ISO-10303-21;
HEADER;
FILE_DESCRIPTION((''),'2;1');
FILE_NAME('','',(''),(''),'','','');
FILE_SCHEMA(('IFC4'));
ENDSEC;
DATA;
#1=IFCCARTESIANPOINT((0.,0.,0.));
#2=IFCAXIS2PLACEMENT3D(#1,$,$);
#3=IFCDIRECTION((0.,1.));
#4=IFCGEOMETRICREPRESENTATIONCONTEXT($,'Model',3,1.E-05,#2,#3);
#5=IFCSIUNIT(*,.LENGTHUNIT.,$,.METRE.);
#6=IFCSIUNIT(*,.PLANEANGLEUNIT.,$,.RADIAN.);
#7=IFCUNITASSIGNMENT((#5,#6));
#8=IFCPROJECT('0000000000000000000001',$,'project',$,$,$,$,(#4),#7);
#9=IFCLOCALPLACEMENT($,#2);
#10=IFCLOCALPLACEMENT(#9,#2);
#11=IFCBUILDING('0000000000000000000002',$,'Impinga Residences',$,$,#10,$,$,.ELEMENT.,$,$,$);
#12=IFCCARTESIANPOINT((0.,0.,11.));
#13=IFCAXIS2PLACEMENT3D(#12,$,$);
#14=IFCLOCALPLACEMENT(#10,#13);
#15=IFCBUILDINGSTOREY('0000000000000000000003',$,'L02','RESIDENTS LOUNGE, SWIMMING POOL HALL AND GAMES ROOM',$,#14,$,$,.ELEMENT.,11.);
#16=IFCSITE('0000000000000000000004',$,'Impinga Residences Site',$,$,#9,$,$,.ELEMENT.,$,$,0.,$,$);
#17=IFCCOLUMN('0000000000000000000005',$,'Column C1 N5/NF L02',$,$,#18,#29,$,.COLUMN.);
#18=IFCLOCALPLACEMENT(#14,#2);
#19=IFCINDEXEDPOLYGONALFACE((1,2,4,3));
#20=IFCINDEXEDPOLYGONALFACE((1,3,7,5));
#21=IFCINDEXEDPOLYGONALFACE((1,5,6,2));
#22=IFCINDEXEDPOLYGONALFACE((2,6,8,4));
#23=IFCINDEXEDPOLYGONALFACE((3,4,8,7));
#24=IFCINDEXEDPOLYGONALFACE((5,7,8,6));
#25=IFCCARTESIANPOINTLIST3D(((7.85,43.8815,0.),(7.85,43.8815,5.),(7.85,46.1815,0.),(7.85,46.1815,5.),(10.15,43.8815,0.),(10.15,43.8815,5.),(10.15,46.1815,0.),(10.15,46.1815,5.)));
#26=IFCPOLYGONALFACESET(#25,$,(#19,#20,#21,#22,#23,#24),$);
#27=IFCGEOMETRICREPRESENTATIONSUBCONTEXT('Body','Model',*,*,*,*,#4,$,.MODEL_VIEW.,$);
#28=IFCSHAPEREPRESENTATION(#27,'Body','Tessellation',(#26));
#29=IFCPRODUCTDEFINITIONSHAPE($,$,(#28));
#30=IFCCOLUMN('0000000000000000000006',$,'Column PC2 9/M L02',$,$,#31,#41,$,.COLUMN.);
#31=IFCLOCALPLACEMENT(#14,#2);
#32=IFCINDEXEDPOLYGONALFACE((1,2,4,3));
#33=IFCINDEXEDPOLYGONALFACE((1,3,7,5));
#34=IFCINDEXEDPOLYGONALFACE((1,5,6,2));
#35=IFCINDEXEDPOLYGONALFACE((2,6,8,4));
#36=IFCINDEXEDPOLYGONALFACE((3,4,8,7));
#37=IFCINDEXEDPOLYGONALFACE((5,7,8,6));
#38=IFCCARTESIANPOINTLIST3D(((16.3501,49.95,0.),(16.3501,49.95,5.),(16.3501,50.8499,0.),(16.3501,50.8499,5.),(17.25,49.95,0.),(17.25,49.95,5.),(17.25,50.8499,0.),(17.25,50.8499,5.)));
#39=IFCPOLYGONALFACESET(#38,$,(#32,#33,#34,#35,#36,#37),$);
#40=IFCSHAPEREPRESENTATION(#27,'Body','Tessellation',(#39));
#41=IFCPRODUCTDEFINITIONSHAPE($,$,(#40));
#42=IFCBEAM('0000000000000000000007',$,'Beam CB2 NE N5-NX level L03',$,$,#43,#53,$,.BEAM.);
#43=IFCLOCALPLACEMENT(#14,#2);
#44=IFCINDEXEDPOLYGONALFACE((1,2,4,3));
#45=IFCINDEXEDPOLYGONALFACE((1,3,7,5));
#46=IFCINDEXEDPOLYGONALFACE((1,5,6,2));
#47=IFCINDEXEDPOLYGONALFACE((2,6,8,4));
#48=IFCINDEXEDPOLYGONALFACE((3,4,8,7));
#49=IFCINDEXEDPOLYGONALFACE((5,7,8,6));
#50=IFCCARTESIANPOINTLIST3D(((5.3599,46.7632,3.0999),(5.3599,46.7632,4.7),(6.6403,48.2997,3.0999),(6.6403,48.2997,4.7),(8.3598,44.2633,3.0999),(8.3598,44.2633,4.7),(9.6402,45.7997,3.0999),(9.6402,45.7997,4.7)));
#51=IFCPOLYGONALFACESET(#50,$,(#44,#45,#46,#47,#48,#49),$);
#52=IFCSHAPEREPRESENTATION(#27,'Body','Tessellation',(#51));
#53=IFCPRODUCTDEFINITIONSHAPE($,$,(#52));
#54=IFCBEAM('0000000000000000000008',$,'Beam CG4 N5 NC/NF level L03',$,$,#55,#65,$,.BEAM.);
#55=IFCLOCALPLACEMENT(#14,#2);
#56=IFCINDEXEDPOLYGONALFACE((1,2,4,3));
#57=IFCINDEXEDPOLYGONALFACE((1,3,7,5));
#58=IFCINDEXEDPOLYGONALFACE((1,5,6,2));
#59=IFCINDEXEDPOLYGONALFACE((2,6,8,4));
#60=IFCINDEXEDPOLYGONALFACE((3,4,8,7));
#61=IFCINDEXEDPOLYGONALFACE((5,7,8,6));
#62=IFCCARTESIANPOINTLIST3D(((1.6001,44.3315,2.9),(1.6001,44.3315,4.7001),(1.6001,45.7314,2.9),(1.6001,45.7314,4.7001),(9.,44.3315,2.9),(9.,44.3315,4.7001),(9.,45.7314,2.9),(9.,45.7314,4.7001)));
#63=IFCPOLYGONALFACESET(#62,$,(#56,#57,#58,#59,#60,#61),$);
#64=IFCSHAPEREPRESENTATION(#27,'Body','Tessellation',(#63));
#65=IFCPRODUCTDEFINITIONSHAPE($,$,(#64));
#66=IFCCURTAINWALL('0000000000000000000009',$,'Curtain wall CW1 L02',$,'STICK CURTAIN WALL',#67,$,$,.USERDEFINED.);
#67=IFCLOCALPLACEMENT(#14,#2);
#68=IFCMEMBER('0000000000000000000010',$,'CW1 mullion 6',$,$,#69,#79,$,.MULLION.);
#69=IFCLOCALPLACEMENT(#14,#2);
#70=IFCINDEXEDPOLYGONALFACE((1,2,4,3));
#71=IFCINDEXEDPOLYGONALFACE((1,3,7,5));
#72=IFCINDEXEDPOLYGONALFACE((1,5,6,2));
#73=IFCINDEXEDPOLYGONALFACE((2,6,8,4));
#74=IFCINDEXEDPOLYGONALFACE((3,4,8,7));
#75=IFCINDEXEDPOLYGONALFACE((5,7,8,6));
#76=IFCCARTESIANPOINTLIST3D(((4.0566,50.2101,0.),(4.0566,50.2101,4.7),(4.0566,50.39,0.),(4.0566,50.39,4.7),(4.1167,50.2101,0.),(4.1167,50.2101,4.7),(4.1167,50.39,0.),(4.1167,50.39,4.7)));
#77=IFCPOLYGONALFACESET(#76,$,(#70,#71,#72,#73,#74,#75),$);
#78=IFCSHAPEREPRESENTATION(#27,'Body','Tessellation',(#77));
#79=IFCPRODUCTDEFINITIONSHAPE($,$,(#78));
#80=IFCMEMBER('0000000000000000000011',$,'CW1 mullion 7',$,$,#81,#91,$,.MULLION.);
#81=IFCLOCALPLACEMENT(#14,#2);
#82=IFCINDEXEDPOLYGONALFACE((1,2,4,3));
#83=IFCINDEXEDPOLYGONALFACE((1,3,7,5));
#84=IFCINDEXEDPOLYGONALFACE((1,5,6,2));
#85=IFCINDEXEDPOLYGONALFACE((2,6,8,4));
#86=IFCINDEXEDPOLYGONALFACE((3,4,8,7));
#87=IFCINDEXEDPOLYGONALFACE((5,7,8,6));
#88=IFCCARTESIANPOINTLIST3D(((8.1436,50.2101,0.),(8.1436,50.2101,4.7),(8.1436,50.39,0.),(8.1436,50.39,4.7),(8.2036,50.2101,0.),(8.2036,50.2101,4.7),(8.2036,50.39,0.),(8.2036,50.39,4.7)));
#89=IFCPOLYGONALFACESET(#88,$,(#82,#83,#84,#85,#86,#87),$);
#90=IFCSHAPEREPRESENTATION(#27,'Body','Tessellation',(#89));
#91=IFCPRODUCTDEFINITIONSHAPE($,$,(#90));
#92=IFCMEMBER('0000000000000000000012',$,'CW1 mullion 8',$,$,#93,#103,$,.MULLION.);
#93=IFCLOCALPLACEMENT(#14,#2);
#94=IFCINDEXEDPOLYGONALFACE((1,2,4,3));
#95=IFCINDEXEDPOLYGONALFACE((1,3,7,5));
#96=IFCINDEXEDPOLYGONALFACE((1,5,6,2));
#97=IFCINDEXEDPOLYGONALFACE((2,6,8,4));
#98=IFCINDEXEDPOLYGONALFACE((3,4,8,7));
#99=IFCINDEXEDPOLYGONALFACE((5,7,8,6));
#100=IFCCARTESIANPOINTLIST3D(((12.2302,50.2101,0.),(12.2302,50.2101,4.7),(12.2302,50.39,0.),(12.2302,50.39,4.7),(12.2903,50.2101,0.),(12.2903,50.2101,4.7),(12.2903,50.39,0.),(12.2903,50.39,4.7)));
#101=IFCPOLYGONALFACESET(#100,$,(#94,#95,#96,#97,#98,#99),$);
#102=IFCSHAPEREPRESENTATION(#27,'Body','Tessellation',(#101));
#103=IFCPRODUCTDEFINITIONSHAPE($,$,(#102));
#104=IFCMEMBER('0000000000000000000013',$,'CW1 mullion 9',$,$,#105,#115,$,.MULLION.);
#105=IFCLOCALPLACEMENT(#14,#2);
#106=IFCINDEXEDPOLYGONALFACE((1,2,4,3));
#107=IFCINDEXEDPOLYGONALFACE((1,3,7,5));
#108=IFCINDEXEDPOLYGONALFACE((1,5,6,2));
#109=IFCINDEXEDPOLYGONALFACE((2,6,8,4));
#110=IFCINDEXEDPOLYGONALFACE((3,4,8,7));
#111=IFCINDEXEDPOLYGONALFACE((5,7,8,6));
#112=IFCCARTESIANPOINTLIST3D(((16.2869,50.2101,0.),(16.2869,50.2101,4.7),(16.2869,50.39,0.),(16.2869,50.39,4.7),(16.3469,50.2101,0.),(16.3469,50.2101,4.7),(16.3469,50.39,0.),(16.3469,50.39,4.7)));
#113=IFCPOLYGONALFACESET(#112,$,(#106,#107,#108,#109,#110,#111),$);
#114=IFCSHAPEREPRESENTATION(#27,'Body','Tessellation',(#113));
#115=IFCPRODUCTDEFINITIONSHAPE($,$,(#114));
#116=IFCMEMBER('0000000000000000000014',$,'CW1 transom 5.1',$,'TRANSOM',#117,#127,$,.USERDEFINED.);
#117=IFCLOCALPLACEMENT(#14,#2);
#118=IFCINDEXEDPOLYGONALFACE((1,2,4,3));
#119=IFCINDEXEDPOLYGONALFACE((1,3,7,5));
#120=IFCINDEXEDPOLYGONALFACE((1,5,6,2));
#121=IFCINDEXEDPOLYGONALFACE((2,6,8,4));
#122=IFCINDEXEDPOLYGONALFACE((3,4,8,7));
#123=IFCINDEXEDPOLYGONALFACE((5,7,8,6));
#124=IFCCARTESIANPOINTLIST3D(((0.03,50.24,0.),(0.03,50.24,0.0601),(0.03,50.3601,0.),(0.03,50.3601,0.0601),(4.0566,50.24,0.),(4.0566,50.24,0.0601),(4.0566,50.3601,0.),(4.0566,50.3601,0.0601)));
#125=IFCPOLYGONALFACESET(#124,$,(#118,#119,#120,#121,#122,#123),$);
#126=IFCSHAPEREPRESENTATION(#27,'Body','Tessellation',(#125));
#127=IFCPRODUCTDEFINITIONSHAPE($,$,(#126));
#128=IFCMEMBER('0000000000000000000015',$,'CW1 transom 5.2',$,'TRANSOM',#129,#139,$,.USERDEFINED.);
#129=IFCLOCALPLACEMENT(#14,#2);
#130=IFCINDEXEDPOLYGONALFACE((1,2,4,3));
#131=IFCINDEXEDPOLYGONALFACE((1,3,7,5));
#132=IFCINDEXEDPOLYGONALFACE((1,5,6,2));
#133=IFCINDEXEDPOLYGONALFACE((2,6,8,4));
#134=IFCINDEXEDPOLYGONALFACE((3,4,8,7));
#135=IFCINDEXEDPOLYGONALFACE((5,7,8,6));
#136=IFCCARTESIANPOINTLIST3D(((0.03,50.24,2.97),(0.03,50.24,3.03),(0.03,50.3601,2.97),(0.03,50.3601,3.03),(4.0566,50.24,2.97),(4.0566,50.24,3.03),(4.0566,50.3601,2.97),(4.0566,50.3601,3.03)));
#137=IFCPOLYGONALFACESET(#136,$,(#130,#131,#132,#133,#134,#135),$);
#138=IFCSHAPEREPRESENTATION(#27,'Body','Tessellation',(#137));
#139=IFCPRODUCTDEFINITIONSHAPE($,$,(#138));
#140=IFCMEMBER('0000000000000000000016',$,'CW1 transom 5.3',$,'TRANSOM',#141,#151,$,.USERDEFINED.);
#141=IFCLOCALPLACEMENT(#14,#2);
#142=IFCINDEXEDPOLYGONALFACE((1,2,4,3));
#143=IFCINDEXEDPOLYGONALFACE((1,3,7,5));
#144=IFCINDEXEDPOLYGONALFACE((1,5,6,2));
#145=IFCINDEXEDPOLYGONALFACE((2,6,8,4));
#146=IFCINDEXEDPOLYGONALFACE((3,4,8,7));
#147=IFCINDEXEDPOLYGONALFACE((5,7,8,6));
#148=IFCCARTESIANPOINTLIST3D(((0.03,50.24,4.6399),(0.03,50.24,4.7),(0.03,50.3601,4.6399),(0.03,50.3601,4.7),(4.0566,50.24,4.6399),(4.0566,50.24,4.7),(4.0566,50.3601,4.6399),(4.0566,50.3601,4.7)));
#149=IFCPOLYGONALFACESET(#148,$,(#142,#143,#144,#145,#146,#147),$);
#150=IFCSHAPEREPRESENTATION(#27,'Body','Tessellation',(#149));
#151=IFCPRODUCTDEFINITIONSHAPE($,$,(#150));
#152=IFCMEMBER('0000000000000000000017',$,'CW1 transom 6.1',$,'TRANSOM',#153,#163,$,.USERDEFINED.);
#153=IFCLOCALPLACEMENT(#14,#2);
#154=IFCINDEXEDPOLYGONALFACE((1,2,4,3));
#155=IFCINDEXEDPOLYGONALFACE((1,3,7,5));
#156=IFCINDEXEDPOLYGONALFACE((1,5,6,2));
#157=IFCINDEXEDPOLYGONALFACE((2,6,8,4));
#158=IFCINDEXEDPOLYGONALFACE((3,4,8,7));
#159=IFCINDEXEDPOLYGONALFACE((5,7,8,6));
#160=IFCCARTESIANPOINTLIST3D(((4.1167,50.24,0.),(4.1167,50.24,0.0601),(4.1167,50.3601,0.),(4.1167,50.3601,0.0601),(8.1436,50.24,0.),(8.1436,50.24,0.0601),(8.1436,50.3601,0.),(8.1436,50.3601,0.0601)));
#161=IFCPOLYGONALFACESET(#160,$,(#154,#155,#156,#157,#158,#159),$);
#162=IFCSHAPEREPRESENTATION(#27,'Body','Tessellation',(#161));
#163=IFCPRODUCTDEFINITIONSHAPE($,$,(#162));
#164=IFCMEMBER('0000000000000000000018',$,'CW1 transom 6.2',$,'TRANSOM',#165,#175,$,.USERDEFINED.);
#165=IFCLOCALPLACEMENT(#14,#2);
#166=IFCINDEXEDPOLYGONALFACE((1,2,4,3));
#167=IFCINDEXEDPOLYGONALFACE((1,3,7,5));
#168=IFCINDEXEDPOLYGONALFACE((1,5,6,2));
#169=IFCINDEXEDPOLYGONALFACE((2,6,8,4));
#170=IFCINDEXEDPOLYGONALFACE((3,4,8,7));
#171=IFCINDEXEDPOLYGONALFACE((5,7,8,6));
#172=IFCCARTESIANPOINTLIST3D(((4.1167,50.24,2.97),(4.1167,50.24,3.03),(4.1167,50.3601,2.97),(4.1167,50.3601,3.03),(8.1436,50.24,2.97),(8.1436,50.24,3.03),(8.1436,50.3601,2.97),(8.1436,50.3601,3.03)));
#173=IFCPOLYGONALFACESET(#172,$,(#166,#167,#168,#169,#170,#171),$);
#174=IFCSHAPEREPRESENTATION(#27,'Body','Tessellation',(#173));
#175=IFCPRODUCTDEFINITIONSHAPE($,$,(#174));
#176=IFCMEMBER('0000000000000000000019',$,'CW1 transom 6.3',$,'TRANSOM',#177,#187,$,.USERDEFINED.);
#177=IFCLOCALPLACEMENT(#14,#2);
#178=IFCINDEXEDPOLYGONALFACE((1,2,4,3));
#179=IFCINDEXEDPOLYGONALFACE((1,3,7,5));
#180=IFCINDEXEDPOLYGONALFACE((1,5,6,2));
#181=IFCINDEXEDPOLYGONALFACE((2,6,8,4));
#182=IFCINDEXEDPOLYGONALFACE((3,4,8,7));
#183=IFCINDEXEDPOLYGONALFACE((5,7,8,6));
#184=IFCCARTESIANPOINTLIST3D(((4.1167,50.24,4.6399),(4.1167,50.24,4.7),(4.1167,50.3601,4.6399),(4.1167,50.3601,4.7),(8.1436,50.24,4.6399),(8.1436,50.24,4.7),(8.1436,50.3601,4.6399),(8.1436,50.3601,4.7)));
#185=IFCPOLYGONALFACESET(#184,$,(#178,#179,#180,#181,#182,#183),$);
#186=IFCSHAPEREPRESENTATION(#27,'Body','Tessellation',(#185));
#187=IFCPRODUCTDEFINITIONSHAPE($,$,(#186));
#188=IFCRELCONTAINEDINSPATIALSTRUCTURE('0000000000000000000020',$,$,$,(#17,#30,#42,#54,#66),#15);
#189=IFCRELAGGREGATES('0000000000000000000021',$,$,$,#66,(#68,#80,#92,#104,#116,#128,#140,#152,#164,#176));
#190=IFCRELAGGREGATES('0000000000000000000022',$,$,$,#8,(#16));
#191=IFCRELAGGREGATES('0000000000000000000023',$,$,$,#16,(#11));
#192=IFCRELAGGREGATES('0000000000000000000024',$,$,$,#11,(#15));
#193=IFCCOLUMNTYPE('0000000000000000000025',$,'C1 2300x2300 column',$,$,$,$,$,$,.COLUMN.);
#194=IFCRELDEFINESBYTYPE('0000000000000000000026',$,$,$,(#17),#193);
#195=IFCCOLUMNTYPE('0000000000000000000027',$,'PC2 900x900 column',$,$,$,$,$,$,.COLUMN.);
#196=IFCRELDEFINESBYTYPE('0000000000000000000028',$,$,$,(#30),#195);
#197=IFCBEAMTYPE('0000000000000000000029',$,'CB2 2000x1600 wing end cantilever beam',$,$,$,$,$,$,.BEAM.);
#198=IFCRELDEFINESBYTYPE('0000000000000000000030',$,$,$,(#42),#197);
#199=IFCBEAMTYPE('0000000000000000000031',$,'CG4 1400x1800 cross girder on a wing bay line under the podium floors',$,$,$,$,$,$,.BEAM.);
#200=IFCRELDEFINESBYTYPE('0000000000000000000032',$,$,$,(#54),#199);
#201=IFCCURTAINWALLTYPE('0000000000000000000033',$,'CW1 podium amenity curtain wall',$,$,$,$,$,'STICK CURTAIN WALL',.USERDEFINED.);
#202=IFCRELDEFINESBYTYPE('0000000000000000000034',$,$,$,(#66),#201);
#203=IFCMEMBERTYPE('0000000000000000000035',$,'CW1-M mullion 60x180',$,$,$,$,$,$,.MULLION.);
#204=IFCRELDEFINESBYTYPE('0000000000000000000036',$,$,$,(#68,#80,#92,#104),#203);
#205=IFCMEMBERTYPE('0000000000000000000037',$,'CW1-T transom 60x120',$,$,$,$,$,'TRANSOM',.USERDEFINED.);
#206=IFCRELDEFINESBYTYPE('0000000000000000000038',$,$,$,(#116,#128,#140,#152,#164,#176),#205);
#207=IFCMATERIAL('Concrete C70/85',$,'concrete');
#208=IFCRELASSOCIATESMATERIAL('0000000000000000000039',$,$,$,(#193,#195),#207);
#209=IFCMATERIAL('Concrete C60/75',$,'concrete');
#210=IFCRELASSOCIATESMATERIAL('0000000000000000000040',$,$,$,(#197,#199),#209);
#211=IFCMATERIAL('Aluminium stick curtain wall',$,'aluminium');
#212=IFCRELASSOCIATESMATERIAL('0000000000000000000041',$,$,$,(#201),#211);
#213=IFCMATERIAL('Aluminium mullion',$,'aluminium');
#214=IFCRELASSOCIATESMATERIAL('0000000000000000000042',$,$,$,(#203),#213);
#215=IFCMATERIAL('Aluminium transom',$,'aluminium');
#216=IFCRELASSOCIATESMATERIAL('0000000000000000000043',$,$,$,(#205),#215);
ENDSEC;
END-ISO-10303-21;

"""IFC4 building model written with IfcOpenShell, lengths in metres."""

from ifc_helpers import new_model, si_unit, direction, frame, origin, origin_2d, place, context, subcontext, project, spatial, rectangle, extrude, material, material_profile, profile_set, type_object, element, aggregate, save


model = new_model("IFC4")

# Units and contexts
model_context = context("Model", 3, precision=1e-05, world=origin(), true_north=direction((0.0, 1.0)))
body_context = subcontext(model_context, "Body", "Model", "MODEL_VIEW")
ifc_project = project(units=[si_unit("LENGTHUNIT", "METRE"), si_unit("PLANEANGLEUNIT", "RADIAN")], contexts=[model_context])

# Site, building, storey
site_placement = place(None, origin())
site = spatial("IfcSite", under=ifc_project, at=site_placement, Name="Impinga Residences Site", CompositionType="ELEMENT", RefElevation=0.0)
building_placement = place(site_placement, origin())
building = spatial("IfcBuilding", under=site, at=building_placement, Name="Impinga Residences", CompositionType="ELEMENT")
storey_placement = place(building_placement, frame((0.0, 0.0, 11.0)))
storey = spatial("IfcBuildingStorey", under=building, at=storey_placement, Name="L02", Description="RESIDENTS LOUNGE, SWIMMING POOL HALL AND GAMES ROOM", CompositionType="ELEMENT", Elevation=11.0)

# Columns
ifc_material_1 = material(Name="Concrete C70/85", Category="concrete")
ifc_material_profile_1 = material_profile(ifc_material_1, rectangle(XDim=2.3, YDim=2.3, at=origin_2d()), Name="RC 2300x2300")
ifc_profile_set_1 = profile_set([ifc_material_profile_1], Name="Concrete C70/85")
column_type_1 = type_object("IfcColumnType", Name="C1 2300x2300 column", PredefinedType="COLUMN", material=ifc_profile_set_1)
column_1_placement = place(storey_placement, frame((9.0, 45.0315, 0.0), z_axis=(0.0, 0.0, 1.0), x_axis=(1.0, 0.0, 0.0)))
element("IfcColumn", 1, at=column_1_placement, inside=storey, type_object=column_type_1, Name="Column C1 N5/NF L02", PredefinedType="COLUMN", context=body_context, shape_type="SweptSolid", body=[
    extrude(rectangle(XDim=2.3, YDim=2.3, at=origin_2d()), origin(), (0.0, 0.0, 1.0), 5.0),
])
ifc_material_profile_2 = material_profile(ifc_material_1, rectangle(XDim=0.8999, YDim=0.8999, at=origin_2d()), Name="RC 900x900")
ifc_profile_set_2 = profile_set([ifc_material_profile_2], Name="Concrete C70/85")
column_type_2 = type_object("IfcColumnType", Name="PC2 900x900 column", PredefinedType="COLUMN", material=ifc_profile_set_2)
column_2_placement = place(storey_placement, frame((16.8, 50.3999, 0.0), z_axis=(0.0, 0.0, 1.0), x_axis=(1.0, 0.0, 0.0)))
element("IfcColumn", 2, at=column_2_placement, inside=storey, type_object=column_type_2, Name="Column PC2 9/M L02", PredefinedType="COLUMN", context=body_context, shape_type="SweptSolid", body=[
    extrude(rectangle(XDim=0.8999, YDim=0.8999, at=origin_2d()), origin(), (0.0, 0.0, 1.0), 5.0),
])

# Beams
ifc_material_2 = material(Name="Concrete C60/75", Category="concrete")
ifc_material_profile_3 = material_profile(ifc_material_2, rectangle(XDim=2.0, YDim=1.6001, at=origin_2d()), Name="RC 2000x1600")
ifc_profile_set_3 = profile_set([ifc_material_profile_3], Name="Concrete C60/75")
beam_type_1 = type_object("IfcBeamType", Name="CB2 2000x1600 wing end cantilever beam", PredefinedType="BEAM", material=ifc_profile_set_3)
beam_1_placement = place(storey_placement, frame((9.0, 45.0315, 3.8999), z_axis=(-0.768221, 0.640184, 0.0), x_axis=(-0.640184, -0.768221, 0.0)))
element("IfcBeam", 3, at=beam_1_placement, inside=storey, type_object=beam_type_1, Name="Beam CB2 NE N5-NX level L03", PredefinedType="BEAM", context=body_context, shape_type="SweptSolid", body=[
    extrude(rectangle(XDim=2.0, YDim=1.6001, at=origin_2d()), origin(), (0.0, 0.0, 1.0), 3.905),
])
ifc_material_profile_4 = material_profile(ifc_material_2, rectangle(XDim=1.3999, YDim=1.8, at=origin_2d()), Name="RC 1400x1800")
ifc_profile_set_4 = profile_set([ifc_material_profile_4], Name="Concrete C60/75")
beam_type_2 = type_object("IfcBeamType", Name="CG4 1400x1800 cross girder on a wing bay line under the podium floors", PredefinedType="BEAM", material=ifc_profile_set_4)
beam_2_placement = place(storey_placement, frame((1.6001, 45.0315, 3.8), z_axis=(1.0, 0.0, 0.0), x_axis=(0.0, 1.0, 0.0)))
element("IfcBeam", 4, at=beam_2_placement, inside=storey, type_object=beam_type_2, Name="Beam CG4 N5 NC/NF level L03", PredefinedType="BEAM", context=body_context, shape_type="SweptSolid", body=[
    extrude(rectangle(XDim=1.3999, YDim=1.8, at=origin_2d()), origin(), (0.0, 0.0, 1.0), 7.3999),
])

# Curtain wall, members
ifc_material_3 = material(Name="Aluminium stick curtain wall", Category="aluminium")
curtain_wall_type = type_object("IfcCurtainWallType", Name="CW1 podium amenity curtain wall", ElementType="STICK CURTAIN WALL", PredefinedType="USERDEFINED", material=ifc_material_3)
curtain_wall_placement = place(storey_placement, origin())
curtain_wall = element("IfcCurtainWall", 5, at=curtain_wall_placement, inside=storey, type_object=curtain_wall_type, Name="Curtain wall CW1 L02", ObjectType="STICK CURTAIN WALL", PredefinedType="USERDEFINED")
ifc_material_4 = material(Name="Aluminium mullion", Category="aluminium")
ifc_material_profile_5 = material_profile(ifc_material_4, rectangle(XDim=0.0601, YDim=0.1799, at=origin_2d()), Name="60x180 mullion")
ifc_profile_set_5 = profile_set([ifc_material_profile_5], Name="Aluminium mullion")
member_type_1 = type_object("IfcMemberType", Name="CW1-M mullion 60x180", PredefinedType="MULLION", material=ifc_profile_set_5)
member_1_placement = place(storey_placement, frame((4.0867, 50.3, 0.0), z_axis=(0.0, 0.0, 1.0), x_axis=(1.0, 0.0, 0.0)))
member_1 = element("IfcMember", 6, at=member_1_placement, type_object=member_type_1, Name="CW1 mullion 6", PredefinedType="MULLION", context=body_context, shape_type="SweptSolid", body=[
    extrude(rectangle(XDim=0.0601, YDim=0.1799, at=origin_2d()), origin(), (0.0, 0.0, 1.0), 4.7),
])
member_2_placement = place(storey_placement, frame((8.1736, 50.3, 0.0), z_axis=(0.0, 0.0, 1.0), x_axis=(1.0, 0.0, 0.0)))
member_2 = element("IfcMember", 7, at=member_2_placement, type_object=member_type_1, Name="CW1 mullion 7", PredefinedType="MULLION", context=body_context, shape_type="SweptSolid", body=[
    extrude(rectangle(XDim=0.0601, YDim=0.1799, at=origin_2d()), origin(), (0.0, 0.0, 1.0), 4.7),
])
member_3_placement = place(storey_placement, frame((12.2603, 50.3, 0.0), z_axis=(0.0, 0.0, 1.0), x_axis=(1.0, 0.0, 0.0)))
member_3 = element("IfcMember", 8, at=member_3_placement, type_object=member_type_1, Name="CW1 mullion 8", PredefinedType="MULLION", context=body_context, shape_type="SweptSolid", body=[
    extrude(rectangle(XDim=0.0601, YDim=0.1799, at=origin_2d()), origin(), (0.0, 0.0, 1.0), 4.7),
])
member_4_placement = place(storey_placement, frame((16.3169, 50.3, 0.0), z_axis=(0.0, 0.0, 1.0), x_axis=(1.0, 0.0, 0.0)))
member_4 = element("IfcMember", 9, at=member_4_placement, type_object=member_type_1, Name="CW1 mullion 9", PredefinedType="MULLION", context=body_context, shape_type="SweptSolid", body=[
    extrude(rectangle(XDim=0.0601, YDim=0.1799, at=origin_2d()), origin(), (0.0, 0.0, 1.0), 4.7),
])
ifc_material_5 = material(Name="Aluminium transom", Category="aluminium")
ifc_material_profile_6 = material_profile(ifc_material_5, rectangle(XDim=0.0601, YDim=0.1201, at=origin_2d()), Name="60x120 transom")
ifc_profile_set_6 = profile_set([ifc_material_profile_6], Name="Aluminium transom")
member_type_2 = type_object("IfcMemberType", Name="CW1-T transom 60x120", ElementType="TRANSOM", PredefinedType="USERDEFINED", material=ifc_profile_set_6)
member_5_placement = place(storey_placement, frame((0.03, 50.3, 0.03), z_axis=(1.0, 0.0, 0.0), x_axis=(0.0, 0.0, 1.0)))
member_5 = element("IfcMember", 10, at=member_5_placement, type_object=member_type_2, Name="CW1 transom 5.1", ObjectType="TRANSOM", PredefinedType="USERDEFINED", context=body_context, shape_type="SweptSolid", body=[
    extrude(rectangle(XDim=0.0601, YDim=0.1201, at=origin_2d()), origin(), (0.0, 0.0, 1.0), 4.0266),
])
member_6_placement = place(storey_placement, frame((0.03, 50.3, 3.0), z_axis=(1.0, 0.0, 0.0), x_axis=(0.0, 0.0, 1.0)))
member_6 = element("IfcMember", 11, at=member_6_placement, type_object=member_type_2, Name="CW1 transom 5.2", ObjectType="TRANSOM", PredefinedType="USERDEFINED", context=body_context, shape_type="SweptSolid", body=[
    extrude(rectangle(XDim=0.0601, YDim=0.1201, at=origin_2d()), origin(), (0.0, 0.0, 1.0), 4.0266),
])
member_7_placement = place(storey_placement, frame((0.03, 50.3, 4.6699), z_axis=(1.0, 0.0, 0.0), x_axis=(0.0, 0.0, 1.0)))
member_7 = element("IfcMember", 12, at=member_7_placement, type_object=member_type_2, Name="CW1 transom 5.3", ObjectType="TRANSOM", PredefinedType="USERDEFINED", context=body_context, shape_type="SweptSolid", body=[
    extrude(rectangle(XDim=0.0601, YDim=0.1201, at=origin_2d()), origin(), (0.0, 0.0, 1.0), 4.0266),
])
member_8_placement = place(storey_placement, frame((4.1167, 50.3, 0.03), z_axis=(1.0, 0.0, 0.0), x_axis=(0.0, 0.0, 1.0)))
member_8 = element("IfcMember", 13, at=member_8_placement, type_object=member_type_2, Name="CW1 transom 6.1", ObjectType="TRANSOM", PredefinedType="USERDEFINED", context=body_context, shape_type="SweptSolid", body=[
    extrude(rectangle(XDim=0.0601, YDim=0.1201, at=origin_2d()), origin(), (0.0, 0.0, 1.0), 4.0269),
])
member_9_placement = place(storey_placement, frame((4.1167, 50.3, 3.0), z_axis=(1.0, 0.0, 0.0), x_axis=(0.0, 0.0, 1.0)))
member_9 = element("IfcMember", 14, at=member_9_placement, type_object=member_type_2, Name="CW1 transom 6.2", ObjectType="TRANSOM", PredefinedType="USERDEFINED", context=body_context, shape_type="SweptSolid", body=[
    extrude(rectangle(XDim=0.0601, YDim=0.1201, at=origin_2d()), origin(), (0.0, 0.0, 1.0), 4.0269),
])
member_10_placement = place(storey_placement, frame((4.1167, 50.3, 4.6699), z_axis=(1.0, 0.0, 0.0), x_axis=(0.0, 0.0, 1.0)))
member_10 = element("IfcMember", 15, at=member_10_placement, type_object=member_type_2, Name="CW1 transom 6.3", ObjectType="TRANSOM", PredefinedType="USERDEFINED", context=body_context, shape_type="SweptSolid", body=[
    extrude(rectangle(XDim=0.0601, YDim=0.1201, at=origin_2d()), origin(), (0.0, 0.0, 1.0), 4.0269),
])

aggregate(curtain_wall, [member_1, member_2, member_3, member_4, member_5, member_6, member_7, member_8, member_9, member_10])

save(model, "model.ifc")
